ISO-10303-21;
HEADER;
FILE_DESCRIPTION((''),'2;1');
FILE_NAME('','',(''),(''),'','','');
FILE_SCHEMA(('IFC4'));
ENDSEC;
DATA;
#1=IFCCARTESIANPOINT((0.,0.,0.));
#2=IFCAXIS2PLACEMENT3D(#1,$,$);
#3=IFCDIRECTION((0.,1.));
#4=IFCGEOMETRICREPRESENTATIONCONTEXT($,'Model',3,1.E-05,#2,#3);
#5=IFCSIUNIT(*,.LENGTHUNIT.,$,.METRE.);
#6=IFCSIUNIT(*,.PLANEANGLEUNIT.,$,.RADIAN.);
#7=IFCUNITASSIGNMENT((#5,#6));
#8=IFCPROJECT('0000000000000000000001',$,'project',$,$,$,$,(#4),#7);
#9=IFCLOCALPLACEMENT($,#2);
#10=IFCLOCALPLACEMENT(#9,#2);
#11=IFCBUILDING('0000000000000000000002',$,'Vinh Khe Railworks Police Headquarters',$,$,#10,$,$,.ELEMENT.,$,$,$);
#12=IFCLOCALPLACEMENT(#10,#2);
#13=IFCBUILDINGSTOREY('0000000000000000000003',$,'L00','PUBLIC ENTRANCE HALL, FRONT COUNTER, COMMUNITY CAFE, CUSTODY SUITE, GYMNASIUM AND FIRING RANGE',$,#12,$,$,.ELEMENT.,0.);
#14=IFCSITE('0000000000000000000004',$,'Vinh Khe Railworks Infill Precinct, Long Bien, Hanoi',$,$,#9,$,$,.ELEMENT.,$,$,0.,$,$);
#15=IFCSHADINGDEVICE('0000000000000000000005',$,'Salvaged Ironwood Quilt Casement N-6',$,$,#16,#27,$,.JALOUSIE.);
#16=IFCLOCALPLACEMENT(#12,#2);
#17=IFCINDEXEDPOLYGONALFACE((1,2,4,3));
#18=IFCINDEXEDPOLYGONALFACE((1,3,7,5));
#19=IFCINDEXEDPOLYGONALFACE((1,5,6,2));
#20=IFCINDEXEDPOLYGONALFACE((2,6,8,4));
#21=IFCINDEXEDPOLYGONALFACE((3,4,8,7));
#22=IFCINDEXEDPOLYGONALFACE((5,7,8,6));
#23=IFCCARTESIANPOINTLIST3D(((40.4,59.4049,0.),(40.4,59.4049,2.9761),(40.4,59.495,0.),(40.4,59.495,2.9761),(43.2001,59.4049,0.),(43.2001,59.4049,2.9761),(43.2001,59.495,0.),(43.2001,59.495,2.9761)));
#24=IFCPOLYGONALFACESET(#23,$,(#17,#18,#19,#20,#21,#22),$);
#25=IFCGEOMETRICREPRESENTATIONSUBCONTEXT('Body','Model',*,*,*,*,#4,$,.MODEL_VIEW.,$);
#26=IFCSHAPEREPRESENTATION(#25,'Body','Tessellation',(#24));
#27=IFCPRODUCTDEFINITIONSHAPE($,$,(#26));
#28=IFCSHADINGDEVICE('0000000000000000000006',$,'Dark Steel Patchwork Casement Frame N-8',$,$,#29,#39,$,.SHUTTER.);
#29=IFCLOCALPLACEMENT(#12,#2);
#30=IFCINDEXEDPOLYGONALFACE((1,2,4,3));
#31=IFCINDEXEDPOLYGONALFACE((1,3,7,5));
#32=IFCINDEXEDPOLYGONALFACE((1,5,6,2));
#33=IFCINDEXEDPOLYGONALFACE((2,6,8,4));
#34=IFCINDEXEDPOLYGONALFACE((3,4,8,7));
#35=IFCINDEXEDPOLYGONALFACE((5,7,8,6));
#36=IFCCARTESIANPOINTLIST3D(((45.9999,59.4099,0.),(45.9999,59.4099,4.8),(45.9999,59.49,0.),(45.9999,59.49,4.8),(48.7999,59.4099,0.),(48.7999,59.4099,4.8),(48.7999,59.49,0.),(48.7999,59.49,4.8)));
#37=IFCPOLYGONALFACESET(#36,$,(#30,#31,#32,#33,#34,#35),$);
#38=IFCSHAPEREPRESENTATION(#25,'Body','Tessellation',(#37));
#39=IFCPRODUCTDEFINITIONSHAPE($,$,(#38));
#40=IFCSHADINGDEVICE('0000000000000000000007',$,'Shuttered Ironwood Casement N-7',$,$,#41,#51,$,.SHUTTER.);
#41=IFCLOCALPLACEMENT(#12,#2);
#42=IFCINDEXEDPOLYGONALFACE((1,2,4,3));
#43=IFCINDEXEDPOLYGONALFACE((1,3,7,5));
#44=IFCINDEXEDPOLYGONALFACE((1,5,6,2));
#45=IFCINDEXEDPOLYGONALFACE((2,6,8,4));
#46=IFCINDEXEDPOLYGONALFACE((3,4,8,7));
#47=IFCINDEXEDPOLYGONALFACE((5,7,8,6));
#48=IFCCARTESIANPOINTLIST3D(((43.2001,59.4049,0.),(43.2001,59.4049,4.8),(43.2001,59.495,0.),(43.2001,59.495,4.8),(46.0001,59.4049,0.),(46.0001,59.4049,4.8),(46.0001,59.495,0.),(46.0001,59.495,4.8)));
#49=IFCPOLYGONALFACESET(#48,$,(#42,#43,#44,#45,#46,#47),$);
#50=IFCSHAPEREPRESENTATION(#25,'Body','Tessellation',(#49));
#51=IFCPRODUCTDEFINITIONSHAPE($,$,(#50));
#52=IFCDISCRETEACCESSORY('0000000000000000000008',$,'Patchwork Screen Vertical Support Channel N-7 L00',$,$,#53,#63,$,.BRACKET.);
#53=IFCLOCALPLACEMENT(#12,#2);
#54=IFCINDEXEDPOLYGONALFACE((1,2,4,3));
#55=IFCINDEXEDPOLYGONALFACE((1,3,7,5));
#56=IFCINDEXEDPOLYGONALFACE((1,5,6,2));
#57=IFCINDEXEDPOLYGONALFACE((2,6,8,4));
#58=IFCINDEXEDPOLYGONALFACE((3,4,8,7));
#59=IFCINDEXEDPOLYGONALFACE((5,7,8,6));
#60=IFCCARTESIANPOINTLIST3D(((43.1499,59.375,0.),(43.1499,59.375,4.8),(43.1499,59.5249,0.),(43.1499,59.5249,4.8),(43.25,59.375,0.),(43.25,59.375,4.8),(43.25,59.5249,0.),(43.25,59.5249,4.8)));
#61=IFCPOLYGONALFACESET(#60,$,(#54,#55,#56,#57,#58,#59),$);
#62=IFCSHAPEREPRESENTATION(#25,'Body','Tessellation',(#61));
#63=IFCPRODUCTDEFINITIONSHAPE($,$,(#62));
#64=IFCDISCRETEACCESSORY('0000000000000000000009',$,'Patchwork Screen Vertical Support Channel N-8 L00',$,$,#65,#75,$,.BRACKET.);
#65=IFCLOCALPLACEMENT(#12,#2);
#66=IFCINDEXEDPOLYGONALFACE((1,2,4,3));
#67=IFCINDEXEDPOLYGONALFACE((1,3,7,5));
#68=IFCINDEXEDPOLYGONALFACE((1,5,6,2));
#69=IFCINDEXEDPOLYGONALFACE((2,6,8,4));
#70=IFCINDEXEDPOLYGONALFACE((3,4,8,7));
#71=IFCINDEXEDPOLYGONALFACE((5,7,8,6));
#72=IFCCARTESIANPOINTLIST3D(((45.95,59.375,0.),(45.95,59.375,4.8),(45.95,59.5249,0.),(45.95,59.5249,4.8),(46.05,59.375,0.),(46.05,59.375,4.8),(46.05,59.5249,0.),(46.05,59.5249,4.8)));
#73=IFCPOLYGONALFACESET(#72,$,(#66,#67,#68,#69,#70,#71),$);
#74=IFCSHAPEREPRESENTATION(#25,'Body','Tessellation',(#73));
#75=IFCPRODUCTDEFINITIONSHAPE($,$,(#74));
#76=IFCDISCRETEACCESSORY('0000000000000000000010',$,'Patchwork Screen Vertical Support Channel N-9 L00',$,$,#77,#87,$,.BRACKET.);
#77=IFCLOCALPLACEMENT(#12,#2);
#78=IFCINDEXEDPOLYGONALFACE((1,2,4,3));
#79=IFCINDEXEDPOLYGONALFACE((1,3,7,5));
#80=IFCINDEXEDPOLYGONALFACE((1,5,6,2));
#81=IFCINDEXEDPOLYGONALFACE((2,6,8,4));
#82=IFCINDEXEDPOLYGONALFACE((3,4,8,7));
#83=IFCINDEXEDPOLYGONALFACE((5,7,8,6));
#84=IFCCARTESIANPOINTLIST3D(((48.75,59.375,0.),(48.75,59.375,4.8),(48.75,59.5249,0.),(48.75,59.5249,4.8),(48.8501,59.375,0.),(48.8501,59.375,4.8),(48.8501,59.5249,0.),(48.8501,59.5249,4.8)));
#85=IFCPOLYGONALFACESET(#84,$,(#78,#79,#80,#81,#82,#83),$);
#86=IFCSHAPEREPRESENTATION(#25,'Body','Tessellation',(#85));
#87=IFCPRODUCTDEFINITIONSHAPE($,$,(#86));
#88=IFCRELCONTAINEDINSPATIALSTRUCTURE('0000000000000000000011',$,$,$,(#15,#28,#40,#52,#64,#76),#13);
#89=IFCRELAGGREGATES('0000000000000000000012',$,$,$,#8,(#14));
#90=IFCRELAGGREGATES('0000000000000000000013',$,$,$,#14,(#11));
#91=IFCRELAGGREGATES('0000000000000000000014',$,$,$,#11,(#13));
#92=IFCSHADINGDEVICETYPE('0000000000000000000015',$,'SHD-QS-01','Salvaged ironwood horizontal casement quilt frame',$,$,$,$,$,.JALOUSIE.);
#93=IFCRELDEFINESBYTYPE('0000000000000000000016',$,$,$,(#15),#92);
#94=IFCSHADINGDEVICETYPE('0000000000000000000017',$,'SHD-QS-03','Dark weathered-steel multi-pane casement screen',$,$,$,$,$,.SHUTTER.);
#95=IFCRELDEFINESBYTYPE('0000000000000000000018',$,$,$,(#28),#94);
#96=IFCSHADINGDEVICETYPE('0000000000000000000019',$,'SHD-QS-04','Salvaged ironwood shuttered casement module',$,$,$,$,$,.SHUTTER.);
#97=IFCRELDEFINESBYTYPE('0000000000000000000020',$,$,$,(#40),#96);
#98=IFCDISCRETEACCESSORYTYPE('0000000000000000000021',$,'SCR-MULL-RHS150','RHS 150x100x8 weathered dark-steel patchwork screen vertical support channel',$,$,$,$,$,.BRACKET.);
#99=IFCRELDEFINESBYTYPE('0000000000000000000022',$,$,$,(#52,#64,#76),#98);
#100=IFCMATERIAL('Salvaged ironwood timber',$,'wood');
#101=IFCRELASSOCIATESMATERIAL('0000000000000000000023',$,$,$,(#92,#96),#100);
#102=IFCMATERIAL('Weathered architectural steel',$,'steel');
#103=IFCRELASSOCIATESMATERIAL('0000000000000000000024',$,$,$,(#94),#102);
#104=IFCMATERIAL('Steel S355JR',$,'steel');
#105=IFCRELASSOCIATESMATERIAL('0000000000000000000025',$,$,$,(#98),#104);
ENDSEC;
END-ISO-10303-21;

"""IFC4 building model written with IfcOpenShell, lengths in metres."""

from ifc_helpers import new_model, si_unit, direction, frame, origin, origin_2d, place, context, subcontext, project, spatial, rectangle, extrude, material, type_object, element, save


model = new_model("IFC4")

# Units and contexts
model_context = context("Model", 3, precision=1e-05, world=origin(), true_north=direction((0.0, 1.0)))
body_context = subcontext(model_context, "Body", "Model", "MODEL_VIEW")
ifc_project = project(units=[si_unit("LENGTHUNIT", "METRE"), si_unit("PLANEANGLEUNIT", "RADIAN")], contexts=[model_context])

# Site, building, storey
site_placement = place(None, origin())
site = spatial("IfcSite", under=ifc_project, at=site_placement, Name="Vinh Khe Railworks Infill Precinct, Long Bien, Hanoi", CompositionType="ELEMENT", RefElevation=0.0)
building_placement = place(site_placement, origin())
building = spatial("IfcBuilding", under=site, at=building_placement, Name="Vinh Khe Railworks Police Headquarters", CompositionType="ELEMENT")
storey_placement = place(building_placement, origin())
storey = spatial("IfcBuildingStorey", under=building, at=storey_placement, Name="L00", Description="PUBLIC ENTRANCE HALL, FRONT COUNTER, COMMUNITY CAFE, CUSTODY SUITE, GYMNASIUM AND FIRING RANGE", CompositionType="ELEMENT", Elevation=0.0)

# Shared definitions
ifc_material_1 = material(Name="Steel S355JR", Category="steel")

# Shared definitions
ifc_material_2 = material(Name="Salvaged ironwood timber", Category="wood")

# Shading devices
shading_device_type_1 = type_object("IfcShadingDeviceType", Name="SHD-QS-01", Description="Salvaged ironwood horizontal casement quilt frame", PredefinedType="JALOUSIE", material=ifc_material_2)
shading_device_1_placement = place(storey_placement, frame((41.8, 59.45, 0.0), z_axis=(0.0, 0.0, 1.0), x_axis=(1.0, 0.0, 0.0)))
element("IfcShadingDevice", 1, at=shading_device_1_placement, inside=storey, type_object=shading_device_type_1, Name="Salvaged Ironwood Quilt Casement N-6", PredefinedType="JALOUSIE", context=body_context, shape_type="SweptSolid", body=[
    extrude(rectangle(XDim=2.8, YDim=0.0901, at=origin_2d()), origin(), (0.0, 0.0, 1.0), 2.9761),
])
ifc_material_3 = material(Name="Weathered architectural steel", Category="steel")
shading_device_type_2 = type_object("IfcShadingDeviceType", Name="SHD-QS-03", Description="Dark weathered-steel multi-pane casement screen", PredefinedType="SHUTTER", material=ifc_material_3)
shading_device_2_placement = place(storey_placement, frame((47.3999, 59.45, 0.0), z_axis=(0.0, 0.0, 1.0), x_axis=(1.0, 0.0, 0.0)))
element("IfcShadingDevice", 2, at=shading_device_2_placement, inside=storey, type_object=shading_device_type_2, Name="Dark Steel Patchwork Casement Frame N-8", PredefinedType="SHUTTER", context=body_context, shape_type="SweptSolid", body=[
    extrude(rectangle(XDim=2.8, YDim=0.0801, at=origin_2d()), origin(), (0.0, 0.0, 1.0), 4.8),
])
shading_device_type_3 = type_object("IfcShadingDeviceType", Name="SHD-QS-04", Description="Salvaged ironwood shuttered casement module", PredefinedType="SHUTTER", material=ifc_material_2)
shading_device_3_placement = place(storey_placement, frame((44.6001, 59.45, 0.0), z_axis=(0.0, 0.0, 1.0), x_axis=(1.0, 0.0, 0.0)))
element("IfcShadingDevice", 3, at=shading_device_3_placement, inside=storey, type_object=shading_device_type_3, Name="Shuttered Ironwood Casement N-7", PredefinedType="SHUTTER", context=body_context, shape_type="SweptSolid", body=[
    extrude(rectangle(XDim=2.8, YDim=0.0901, at=origin_2d()), origin(), (0.0, 0.0, 1.0), 4.8),
])

# Discrete accessories
discrete_accessory_type = type_object("IfcDiscreteAccessoryType", Name="SCR-MULL-RHS150", Description="RHS 150x100x8 weathered dark-steel patchwork screen vertical support channel", PredefinedType="BRACKET", material=ifc_material_1)
for number, where, z_axis, x_axis, name in (
    (4, (43.2, 59.45, 0.0), (0.0, 0.0, 1.0), (1.0, 0.0, 0.0), "Patchwork Screen Vertical Support Channel N-7 L00"),
    (5, (46.0, 59.45, 0.0), (0.0, 0.0, 1.0), (1.0, 0.0, 0.0), "Patchwork Screen Vertical Support Channel N-8 L00"),
    (6, (48.8, 59.45, 0.0), (0.0, 0.0, 1.0), (1.0, 0.0, 0.0), "Patchwork Screen Vertical Support Channel N-9 L00"),
):
    element("IfcDiscreteAccessory", number, at=place(storey_placement, frame(where, z_axis=z_axis, x_axis=x_axis)), inside=storey, type_object=discrete_accessory_type, Name=name, PredefinedType="BRACKET", context=body_context, shape_type="SweptSolid", body=[
        extrude(rectangle(XDim=0.1001, YDim=0.1499, at=origin_2d()), origin(), (0.0, 0.0, 1.0), 4.8),
    ])

save(model, "model.ifc")
